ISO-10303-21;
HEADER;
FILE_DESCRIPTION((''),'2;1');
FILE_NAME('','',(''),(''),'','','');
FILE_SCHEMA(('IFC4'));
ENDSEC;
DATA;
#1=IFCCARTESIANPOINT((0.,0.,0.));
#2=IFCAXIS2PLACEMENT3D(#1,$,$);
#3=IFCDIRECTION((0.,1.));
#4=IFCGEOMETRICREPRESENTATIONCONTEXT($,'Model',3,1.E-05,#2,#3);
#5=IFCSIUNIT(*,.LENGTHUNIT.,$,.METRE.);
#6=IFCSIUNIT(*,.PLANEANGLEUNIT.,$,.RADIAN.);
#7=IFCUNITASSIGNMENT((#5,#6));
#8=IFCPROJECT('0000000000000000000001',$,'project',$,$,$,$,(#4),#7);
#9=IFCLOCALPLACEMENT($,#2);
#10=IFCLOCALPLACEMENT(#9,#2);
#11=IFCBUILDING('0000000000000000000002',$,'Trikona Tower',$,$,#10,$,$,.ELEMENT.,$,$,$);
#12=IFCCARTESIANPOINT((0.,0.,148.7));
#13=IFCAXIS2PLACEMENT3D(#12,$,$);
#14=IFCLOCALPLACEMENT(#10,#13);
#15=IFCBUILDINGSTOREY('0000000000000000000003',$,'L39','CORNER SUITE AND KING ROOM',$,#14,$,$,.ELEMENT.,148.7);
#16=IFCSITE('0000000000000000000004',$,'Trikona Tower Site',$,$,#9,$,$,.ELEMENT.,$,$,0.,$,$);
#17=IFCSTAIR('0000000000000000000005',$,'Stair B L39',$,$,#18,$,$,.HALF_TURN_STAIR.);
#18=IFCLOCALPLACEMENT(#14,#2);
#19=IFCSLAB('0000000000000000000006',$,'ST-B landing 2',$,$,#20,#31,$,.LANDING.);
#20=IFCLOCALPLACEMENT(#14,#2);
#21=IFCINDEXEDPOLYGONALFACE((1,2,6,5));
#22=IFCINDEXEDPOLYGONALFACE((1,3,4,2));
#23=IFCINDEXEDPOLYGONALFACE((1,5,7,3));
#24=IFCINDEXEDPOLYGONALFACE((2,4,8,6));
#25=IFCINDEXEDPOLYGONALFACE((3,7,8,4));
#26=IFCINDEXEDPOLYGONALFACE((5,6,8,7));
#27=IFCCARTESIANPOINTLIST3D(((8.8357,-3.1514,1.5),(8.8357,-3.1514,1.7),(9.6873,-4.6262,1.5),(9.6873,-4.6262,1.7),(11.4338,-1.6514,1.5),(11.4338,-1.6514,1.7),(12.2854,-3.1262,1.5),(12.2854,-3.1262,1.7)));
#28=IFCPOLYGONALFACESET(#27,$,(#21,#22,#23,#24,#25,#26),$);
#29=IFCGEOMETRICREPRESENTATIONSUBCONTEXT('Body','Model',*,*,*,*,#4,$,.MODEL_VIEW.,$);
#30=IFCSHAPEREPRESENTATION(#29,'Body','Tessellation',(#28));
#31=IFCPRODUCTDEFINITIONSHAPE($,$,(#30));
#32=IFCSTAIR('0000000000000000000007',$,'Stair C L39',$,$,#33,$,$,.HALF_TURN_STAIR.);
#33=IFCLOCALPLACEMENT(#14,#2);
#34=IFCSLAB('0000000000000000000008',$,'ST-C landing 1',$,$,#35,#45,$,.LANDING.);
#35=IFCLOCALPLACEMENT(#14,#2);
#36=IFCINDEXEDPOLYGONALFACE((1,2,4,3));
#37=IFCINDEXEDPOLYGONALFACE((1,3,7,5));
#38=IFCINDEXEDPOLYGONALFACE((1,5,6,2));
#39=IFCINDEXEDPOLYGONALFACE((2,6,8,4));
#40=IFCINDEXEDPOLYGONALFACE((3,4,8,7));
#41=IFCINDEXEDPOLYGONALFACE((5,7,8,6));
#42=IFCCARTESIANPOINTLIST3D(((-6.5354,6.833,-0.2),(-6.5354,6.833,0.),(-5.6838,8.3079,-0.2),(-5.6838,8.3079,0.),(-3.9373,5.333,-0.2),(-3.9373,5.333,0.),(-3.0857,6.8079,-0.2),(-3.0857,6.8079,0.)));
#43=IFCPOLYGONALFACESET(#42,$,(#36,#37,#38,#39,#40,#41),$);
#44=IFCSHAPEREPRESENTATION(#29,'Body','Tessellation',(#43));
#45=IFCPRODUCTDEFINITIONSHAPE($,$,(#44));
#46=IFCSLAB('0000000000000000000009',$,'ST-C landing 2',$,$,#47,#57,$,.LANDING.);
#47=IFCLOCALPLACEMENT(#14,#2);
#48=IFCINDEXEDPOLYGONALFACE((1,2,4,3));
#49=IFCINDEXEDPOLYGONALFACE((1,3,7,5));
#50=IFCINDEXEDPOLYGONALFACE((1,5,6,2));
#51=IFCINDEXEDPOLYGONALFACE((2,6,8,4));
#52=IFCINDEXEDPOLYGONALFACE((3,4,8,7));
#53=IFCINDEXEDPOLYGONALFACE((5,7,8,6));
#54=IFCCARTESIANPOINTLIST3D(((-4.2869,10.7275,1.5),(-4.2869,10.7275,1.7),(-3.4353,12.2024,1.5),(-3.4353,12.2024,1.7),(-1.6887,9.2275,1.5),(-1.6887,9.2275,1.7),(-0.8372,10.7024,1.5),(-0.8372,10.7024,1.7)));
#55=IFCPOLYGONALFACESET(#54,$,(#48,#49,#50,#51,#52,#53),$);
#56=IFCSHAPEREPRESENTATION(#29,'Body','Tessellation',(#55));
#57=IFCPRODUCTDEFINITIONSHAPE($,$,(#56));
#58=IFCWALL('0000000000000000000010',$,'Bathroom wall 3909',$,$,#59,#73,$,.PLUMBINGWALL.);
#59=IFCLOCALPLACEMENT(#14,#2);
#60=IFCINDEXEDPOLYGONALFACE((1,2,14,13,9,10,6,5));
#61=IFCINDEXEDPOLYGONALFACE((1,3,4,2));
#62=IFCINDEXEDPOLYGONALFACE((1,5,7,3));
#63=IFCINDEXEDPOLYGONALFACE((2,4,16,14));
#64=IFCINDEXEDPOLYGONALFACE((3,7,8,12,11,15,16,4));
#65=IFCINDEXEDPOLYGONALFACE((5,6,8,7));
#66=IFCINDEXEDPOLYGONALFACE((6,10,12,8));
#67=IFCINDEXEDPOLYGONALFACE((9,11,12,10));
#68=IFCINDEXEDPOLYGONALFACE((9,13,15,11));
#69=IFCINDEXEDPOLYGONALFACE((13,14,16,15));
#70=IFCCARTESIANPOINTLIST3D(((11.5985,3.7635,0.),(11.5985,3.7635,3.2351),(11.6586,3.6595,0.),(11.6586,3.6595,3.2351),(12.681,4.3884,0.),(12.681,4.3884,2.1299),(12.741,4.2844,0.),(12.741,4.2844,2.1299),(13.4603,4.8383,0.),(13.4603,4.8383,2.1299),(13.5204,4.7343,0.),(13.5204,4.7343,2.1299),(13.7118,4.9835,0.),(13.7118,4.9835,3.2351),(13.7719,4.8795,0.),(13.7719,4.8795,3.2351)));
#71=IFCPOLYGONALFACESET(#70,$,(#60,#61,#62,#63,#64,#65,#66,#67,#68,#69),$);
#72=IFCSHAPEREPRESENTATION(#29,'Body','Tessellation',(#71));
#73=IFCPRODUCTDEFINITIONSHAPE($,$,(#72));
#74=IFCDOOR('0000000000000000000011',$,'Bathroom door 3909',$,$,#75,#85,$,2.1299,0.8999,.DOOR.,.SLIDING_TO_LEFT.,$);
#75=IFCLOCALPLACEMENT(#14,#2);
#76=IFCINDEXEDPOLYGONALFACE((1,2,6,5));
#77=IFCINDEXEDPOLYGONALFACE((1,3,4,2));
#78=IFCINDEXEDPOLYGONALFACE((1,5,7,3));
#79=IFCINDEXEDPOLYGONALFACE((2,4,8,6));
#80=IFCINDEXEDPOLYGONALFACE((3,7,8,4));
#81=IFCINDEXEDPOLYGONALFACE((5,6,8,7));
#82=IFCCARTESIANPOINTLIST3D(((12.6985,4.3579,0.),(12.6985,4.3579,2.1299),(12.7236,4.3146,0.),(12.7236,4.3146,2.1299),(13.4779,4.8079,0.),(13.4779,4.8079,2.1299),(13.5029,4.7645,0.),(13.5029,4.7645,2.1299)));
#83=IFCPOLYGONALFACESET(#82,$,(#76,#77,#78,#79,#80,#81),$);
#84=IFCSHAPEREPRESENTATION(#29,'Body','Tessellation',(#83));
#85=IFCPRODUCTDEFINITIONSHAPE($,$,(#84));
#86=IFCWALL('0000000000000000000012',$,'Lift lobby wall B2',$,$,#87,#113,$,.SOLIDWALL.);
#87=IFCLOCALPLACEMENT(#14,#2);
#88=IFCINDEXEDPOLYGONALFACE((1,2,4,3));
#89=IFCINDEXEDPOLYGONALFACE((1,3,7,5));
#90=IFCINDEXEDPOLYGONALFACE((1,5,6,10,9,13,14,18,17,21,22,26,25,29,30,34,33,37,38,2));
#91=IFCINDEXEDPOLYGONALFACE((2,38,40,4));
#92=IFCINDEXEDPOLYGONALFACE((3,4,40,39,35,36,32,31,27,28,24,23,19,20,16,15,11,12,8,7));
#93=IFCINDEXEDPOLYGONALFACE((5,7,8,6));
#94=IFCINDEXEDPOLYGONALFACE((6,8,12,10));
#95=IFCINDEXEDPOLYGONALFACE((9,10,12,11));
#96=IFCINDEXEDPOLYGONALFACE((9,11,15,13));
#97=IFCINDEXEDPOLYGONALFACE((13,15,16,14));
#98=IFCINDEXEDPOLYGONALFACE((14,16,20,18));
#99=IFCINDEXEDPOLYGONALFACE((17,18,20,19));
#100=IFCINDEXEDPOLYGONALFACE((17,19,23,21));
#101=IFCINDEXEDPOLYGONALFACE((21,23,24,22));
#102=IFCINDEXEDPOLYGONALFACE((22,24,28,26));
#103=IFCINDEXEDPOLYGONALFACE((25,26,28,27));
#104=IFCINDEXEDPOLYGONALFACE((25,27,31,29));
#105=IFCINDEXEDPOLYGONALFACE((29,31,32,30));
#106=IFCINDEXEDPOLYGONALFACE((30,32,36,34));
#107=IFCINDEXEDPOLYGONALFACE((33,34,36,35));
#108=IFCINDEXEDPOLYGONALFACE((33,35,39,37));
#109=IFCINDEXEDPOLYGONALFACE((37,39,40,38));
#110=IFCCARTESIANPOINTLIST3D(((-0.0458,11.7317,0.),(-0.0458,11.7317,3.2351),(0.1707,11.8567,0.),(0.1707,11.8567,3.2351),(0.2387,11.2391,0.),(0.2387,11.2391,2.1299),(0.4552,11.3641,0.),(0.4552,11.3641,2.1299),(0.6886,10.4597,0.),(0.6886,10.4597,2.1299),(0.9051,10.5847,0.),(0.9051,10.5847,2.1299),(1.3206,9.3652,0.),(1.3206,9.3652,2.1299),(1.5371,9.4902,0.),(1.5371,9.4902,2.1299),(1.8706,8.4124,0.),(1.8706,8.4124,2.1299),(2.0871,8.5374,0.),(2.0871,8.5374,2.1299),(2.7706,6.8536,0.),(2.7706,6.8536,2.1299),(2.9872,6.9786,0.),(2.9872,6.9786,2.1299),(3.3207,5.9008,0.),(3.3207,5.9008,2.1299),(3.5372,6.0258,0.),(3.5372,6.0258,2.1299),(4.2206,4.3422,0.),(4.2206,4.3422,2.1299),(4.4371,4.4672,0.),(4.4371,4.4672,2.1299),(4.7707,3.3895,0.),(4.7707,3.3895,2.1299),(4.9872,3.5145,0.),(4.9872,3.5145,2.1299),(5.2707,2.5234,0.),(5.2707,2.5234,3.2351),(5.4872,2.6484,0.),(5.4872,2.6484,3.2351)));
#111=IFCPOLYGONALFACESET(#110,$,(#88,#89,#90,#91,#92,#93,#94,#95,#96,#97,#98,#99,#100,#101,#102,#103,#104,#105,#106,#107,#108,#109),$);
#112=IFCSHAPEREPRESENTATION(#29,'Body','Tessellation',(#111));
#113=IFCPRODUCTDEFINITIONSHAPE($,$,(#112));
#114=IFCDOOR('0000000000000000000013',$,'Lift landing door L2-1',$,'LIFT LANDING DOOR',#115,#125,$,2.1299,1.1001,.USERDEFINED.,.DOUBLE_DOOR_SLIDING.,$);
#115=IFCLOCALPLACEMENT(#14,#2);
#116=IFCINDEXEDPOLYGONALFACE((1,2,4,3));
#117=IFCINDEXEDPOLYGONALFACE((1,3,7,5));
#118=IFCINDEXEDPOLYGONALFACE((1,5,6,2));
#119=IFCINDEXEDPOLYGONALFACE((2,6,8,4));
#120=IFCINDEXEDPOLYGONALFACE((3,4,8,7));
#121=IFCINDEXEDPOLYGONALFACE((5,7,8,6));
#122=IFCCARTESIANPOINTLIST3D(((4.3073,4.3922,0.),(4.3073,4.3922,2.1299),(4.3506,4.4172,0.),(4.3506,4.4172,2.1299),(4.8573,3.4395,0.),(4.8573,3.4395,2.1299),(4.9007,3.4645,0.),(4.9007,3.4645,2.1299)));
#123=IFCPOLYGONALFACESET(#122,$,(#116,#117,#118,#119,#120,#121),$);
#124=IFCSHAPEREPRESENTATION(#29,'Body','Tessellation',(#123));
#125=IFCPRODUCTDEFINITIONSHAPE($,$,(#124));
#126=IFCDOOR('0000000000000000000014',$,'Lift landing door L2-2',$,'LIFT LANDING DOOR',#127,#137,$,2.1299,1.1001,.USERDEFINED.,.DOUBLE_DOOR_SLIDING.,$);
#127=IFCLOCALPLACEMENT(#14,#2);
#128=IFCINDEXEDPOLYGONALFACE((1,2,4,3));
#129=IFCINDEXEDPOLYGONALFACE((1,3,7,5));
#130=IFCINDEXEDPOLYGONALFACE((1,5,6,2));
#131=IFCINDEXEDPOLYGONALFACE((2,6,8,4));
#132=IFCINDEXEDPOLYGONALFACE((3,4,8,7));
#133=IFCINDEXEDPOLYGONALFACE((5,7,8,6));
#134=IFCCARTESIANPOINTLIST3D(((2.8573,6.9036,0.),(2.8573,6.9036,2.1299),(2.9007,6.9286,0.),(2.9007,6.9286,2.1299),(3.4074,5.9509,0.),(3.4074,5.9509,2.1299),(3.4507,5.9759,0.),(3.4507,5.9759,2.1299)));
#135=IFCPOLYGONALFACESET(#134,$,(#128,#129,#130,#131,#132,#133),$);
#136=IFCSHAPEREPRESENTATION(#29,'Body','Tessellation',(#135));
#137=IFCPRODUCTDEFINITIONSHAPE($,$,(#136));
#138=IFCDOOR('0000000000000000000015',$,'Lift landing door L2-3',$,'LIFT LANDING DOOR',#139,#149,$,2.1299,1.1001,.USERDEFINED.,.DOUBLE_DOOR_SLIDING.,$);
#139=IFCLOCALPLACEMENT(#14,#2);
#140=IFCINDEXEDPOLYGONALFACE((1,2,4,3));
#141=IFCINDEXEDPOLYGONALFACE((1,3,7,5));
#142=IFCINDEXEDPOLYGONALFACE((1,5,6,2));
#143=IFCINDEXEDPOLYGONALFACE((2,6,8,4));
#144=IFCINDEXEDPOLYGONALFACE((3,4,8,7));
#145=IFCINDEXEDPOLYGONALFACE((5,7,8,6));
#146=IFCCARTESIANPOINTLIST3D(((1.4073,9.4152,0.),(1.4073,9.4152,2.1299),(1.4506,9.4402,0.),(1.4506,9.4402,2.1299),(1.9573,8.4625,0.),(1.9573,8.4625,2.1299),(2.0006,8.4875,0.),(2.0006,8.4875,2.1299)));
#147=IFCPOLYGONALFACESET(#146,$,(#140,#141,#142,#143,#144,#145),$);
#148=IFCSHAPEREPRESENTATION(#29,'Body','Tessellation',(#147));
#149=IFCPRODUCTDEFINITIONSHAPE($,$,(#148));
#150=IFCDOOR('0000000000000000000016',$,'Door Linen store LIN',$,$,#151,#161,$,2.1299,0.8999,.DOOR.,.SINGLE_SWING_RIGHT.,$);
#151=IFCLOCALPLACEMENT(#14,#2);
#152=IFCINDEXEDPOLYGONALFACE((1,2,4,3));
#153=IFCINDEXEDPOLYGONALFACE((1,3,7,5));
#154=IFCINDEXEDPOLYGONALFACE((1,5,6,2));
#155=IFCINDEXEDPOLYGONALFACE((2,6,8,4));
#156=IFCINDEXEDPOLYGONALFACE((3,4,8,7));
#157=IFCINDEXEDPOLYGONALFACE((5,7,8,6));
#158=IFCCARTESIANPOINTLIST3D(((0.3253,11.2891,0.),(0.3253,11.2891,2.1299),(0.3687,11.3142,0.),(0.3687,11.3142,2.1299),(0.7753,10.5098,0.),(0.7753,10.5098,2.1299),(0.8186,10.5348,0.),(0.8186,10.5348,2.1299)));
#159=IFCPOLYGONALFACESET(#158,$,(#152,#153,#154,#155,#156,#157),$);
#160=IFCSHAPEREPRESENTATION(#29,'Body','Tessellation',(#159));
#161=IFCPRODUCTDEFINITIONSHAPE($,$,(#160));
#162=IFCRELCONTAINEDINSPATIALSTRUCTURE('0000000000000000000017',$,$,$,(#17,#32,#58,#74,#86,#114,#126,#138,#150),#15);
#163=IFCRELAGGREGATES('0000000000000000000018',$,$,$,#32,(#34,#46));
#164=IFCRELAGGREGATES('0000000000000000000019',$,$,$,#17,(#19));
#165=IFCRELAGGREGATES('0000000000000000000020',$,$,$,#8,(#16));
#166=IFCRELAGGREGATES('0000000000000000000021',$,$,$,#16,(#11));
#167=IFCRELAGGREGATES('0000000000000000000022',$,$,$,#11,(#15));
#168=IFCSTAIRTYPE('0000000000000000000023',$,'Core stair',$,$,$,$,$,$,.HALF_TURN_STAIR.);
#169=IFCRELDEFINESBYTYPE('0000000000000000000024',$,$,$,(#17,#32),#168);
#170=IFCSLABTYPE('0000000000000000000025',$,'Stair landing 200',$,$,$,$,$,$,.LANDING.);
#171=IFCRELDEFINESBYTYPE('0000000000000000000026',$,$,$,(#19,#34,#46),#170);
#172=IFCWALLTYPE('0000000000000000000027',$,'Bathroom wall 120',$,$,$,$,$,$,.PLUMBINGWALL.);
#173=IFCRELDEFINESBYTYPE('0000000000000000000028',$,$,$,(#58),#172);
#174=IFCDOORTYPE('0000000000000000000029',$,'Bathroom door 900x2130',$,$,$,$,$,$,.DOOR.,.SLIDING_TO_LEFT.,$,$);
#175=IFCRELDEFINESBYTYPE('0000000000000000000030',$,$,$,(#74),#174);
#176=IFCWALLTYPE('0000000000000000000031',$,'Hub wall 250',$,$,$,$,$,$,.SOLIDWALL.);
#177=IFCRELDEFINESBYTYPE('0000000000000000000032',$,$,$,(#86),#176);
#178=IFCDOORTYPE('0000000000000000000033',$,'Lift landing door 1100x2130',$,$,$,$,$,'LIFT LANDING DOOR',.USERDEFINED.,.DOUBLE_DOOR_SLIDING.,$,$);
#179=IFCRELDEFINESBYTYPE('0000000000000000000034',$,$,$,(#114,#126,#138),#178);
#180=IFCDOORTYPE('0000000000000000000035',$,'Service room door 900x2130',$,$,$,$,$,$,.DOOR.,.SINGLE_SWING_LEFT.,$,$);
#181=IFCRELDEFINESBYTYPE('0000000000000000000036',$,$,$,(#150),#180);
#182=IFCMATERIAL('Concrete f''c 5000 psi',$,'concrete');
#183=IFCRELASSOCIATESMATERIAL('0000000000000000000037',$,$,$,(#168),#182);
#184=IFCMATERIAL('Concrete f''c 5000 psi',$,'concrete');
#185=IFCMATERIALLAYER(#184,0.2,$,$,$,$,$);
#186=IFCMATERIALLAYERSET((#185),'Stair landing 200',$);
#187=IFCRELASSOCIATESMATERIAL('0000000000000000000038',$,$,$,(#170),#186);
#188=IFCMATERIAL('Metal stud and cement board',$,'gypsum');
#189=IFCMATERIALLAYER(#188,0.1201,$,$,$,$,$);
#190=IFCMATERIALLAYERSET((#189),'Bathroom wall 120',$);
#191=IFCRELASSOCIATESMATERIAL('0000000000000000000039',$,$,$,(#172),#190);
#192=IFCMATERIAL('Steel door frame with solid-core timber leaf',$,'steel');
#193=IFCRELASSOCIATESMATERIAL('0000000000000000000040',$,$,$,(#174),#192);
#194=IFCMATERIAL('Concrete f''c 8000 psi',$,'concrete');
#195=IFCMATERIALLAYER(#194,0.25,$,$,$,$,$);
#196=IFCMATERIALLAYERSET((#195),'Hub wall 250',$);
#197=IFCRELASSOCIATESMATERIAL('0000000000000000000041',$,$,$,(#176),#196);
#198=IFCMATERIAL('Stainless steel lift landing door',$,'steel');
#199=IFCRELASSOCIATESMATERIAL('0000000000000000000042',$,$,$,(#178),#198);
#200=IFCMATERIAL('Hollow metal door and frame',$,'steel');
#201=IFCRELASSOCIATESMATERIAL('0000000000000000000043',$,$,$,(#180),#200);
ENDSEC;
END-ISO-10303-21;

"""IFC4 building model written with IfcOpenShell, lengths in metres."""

from ifc_helpers import new_model, si_unit, direction, frame, frame_2d, origin, place, context, subcontext, project, spatial, polyline, rectangle, outline, extrude, material, layer, layer_set, type_object, element, fill, aggregate, save


model = new_model("IFC4")

# Units and contexts
model_context = context("Model", 3, precision=1e-05, world=origin(), true_north=direction((0.0, 1.0)))
body_context = subcontext(model_context, "Body", "Model", "MODEL_VIEW")
ifc_project = project(units=[si_unit("LENGTHUNIT", "METRE"), si_unit("PLANEANGLEUNIT", "RADIAN")], contexts=[model_context])

# Site, building, storey
site_placement = place(None, origin())
site = spatial("IfcSite", under=ifc_project, at=site_placement, Name="Trikona Tower Site", CompositionType="ELEMENT", RefElevation=0.0)
building_placement = place(site_placement, origin())
building = spatial("IfcBuilding", under=site, at=building_placement, Name="Trikona Tower", CompositionType="ELEMENT")
storey_placement = place(building_placement, frame((0.0, 0.0, 148.7)))
storey = spatial("IfcBuildingStorey", under=building, at=storey_placement, Name="L39", Description="CORNER SUITE AND KING ROOM", CompositionType="ELEMENT", Elevation=148.7)

# Stairs, slabs
ifc_material_1 = material(Name="Concrete f'c 5000 psi", Category="concrete")
stair_type = type_object("IfcStairType", Name="Core stair", PredefinedType="HALF_TURN_STAIR", material=ifc_material_1)
ifc_material_2 = material(Name="Concrete f'c 5000 psi", Category="concrete")
ifc_layer_1 = layer(ifc_material_2, 0.2)
ifc_layer_set_1 = layer_set([ifc_layer_1], Name="Stair landing 200")
slab_type_1 = type_object("IfcSlabType", Name="Stair landing 200", PredefinedType="LANDING", material=ifc_layer_set_1)
stair_1_placement = place(storey_placement, origin())
stair_1 = element("IfcStair", 1, at=stair_1_placement, inside=storey, type_object=stair_type, Name="Stair B L39", PredefinedType="HALF_TURN_STAIR")
slab_1_placement = place(storey_placement, frame((0.0, 0.0, 1.5)))
slab_1 = element("IfcSlab", 2, at=slab_1_placement, type_object=slab_type_1, Name="ST-B landing 2", PredefinedType="LANDING", context=body_context, shape_type="SweptSolid", body=[
    extrude(outline(polyline([(9.6873, -4.6262), (8.8357, -3.1514), (11.4338, -1.6514), (12.2854, -3.1262), (9.6873, -4.6262)])), origin(), (0.0, 0.0, 1.0), 0.2),
])
stair_2_placement = place(storey_placement, origin())
stair_2 = element("IfcStair", 3, at=stair_2_placement, inside=storey, type_object=stair_type, Name="Stair C L39", PredefinedType="HALF_TURN_STAIR")
slab_2_placement = place(storey_placement, frame((0.0, 0.0, -0.2)))
slab_2 = element("IfcSlab", 4, at=slab_2_placement, type_object=slab_type_1, Name="ST-C landing 1", PredefinedType="LANDING", context=body_context, shape_type="SweptSolid", body=[
    extrude(outline(polyline([(-3.0857, 6.8079), (-3.9373, 5.333), (-6.5354, 6.833), (-5.6838, 8.3079), (-3.0857, 6.8079)])), origin(), (0.0, 0.0, 1.0), 0.2),
])
slab_3_placement = place(storey_placement, frame((0.0, 0.0, 1.5)))
slab_3 = element("IfcSlab", 5, at=slab_3_placement, type_object=slab_type_1, Name="ST-C landing 2", PredefinedType="LANDING", context=body_context, shape_type="SweptSolid", body=[
    extrude(outline(polyline([(-0.8372, 10.7024), (-1.6887, 9.2275), (-4.2869, 10.7275), (-3.4353, 12.2024), (-0.8372, 10.7024)])), origin(), (0.0, 0.0, 1.0), 0.2),
])
aggregate(stair_2, [slab_2, slab_3])

# Wall, opening, door
ifc_material_3 = material(Name="Metal stud and cement board", Category="gypsum")
ifc_layer_2 = layer(ifc_material_3, 0.1201)
ifc_layer_set_2 = layer_set([ifc_layer_2], Name="Bathroom wall 120")
wall_type_1 = type_object("IfcWallType", Name="Bathroom wall 120", PredefinedType="PLUMBINGWALL", material=ifc_layer_set_2)
wall_1_placement = place(storey_placement, frame((11.6284, 3.7114, 0.0), z_axis=(0.0, 0.0, 1.0), x_axis=(0.866049, 0.499959, 0.0)))
wall_1 = element("IfcWall", 6, at=wall_1_placement, inside=storey, type_object=wall_type_1, Name="Bathroom wall 3909", PredefinedType="PLUMBINGWALL", context=body_context, shape_type="SweptSolid", body=[
    extrude(rectangle(XDim=2.4402, YDim=0.1201, at=frame_2d((1.2202, 0.0))), origin(), (0.0, 0.0, 1.0), 3.2351),
])
opening_1_placement = place(wall_1_placement, frame((1.25, 0.0, 0.0)))
opening_1 = element("IfcOpeningElement", 7, at=opening_1_placement, cuts=wall_1, PredefinedType="OPENING", context=body_context, shape_type="SweptSolid", body=[
    extrude(rectangle(XDim=0.8999, YDim=2.1299, at=frame_2d((0.45, 1.0649))), frame((0.0, 0.0701, 0.0), z_axis=(0.0, -1.0, 0.0), x_axis=(1.0, 0.0, 0.0)), (0.0, 0.0, 1.0), 0.1401),
])
ifc_material_4 = material(Name="Steel door frame with solid-core timber leaf", Category="steel")
door_type_1 = type_object("IfcDoorType", Name="Bathroom door 900x2130", OperationType="SLIDING_TO_LEFT", PredefinedType="DOOR", material=ifc_material_4)
door_1_placement = place(opening_1_placement, origin())
door_1 = element("IfcDoor", 8, at=door_1_placement, inside=storey, type_object=door_type_1, Name="Bathroom door 3909", OperationType="SLIDING_TO_LEFT", OverallHeight=2.1299, OverallWidth=0.8999, PredefinedType="DOOR", context=body_context, shape_type="SweptSolid", body=[
    extrude(rectangle(XDim=0.8999, YDim=2.1299, at=frame_2d((0.45, 1.0649))), frame((0.0, 0.0249, 0.0), z_axis=(0.0, -1.0, 0.0), x_axis=(1.0, 0.0, 0.0)), (0.0, 0.0, 1.0), 0.05),
])
fill(opening_1, door_1)

# Wall, openings, doors
ifc_material_5 = material(Name="Concrete f'c 8000 psi", Category="concrete")
ifc_layer_3 = layer(ifc_material_5, 0.25)
ifc_layer_set_3 = layer_set([ifc_layer_3], Name="Hub wall 250")
wall_type_2 = type_object("IfcWallType", Name="Hub wall 250", PredefinedType="SOLIDWALL", material=ifc_layer_set_3)
wall_2_placement = place(storey_placement, frame((5.3789, 2.5859, 0.0), z_axis=(0.0, 0.0, 1.0), x_axis=(-0.500001, 0.866025, 0.0)))
wall_2 = element("IfcWall", 9, at=wall_2_placement, inside=storey, type_object=wall_type_2, Name="Lift lobby wall B2", PredefinedType="SOLIDWALL", context=body_context, shape_type="SweptSolid", body=[
    extrude(rectangle(XDim=10.6328, YDim=0.25, at=frame_2d((5.3164, 0.0))), origin(), (0.0, 0.0, 1.0), 3.2351),
])
opening_2_placement = place(wall_2_placement, frame((9.1641, 0.0, 0.0)))
opening_2 = element("IfcOpeningElement", 10, at=opening_2_placement, cuts=wall_2, PredefinedType="OPENING", context=body_context, shape_type="SweptSolid", body=[
    extrude(rectangle(XDim=0.8999, YDim=2.1299, at=frame_2d((0.45, 1.0649))), frame((0.0, 0.135, 0.0), z_axis=(0.0, -1.0, 0.0), x_axis=(1.0, 0.0, 0.0)), (0.0, 0.0, 1.0), 0.27),
])
opening_3_placement = place(wall_2_placement, frame((1.0, 0.0, 0.0)))
opening_3 = element("IfcOpeningElement", 11, at=opening_3_placement, cuts=wall_2, PredefinedType="OPENING", context=body_context, shape_type="SweptSolid", body=[
    extrude(rectangle(XDim=1.1001, YDim=2.1299, at=frame_2d((0.55, 1.0649))), frame((0.0, 0.135, 0.0), z_axis=(0.0, -1.0, 0.0), x_axis=(1.0, 0.0, 0.0)), (0.0, 0.0, 1.0), 0.27),
])
opening_4_placement = place(wall_2_placement, frame((3.8999, 0.0, 0.0)))
opening_4 = element("IfcOpeningElement", 12, at=opening_4_placement, cuts=wall_2, PredefinedType="OPENING", context=body_context, shape_type="SweptSolid", body=[
    extrude(rectangle(XDim=1.1001, YDim=2.1299, at=frame_2d((0.55, 1.0649))), frame((0.0, 0.135, 0.0), z_axis=(0.0, -1.0, 0.0), x_axis=(1.0, 0.0, 0.0)), (0.0, 0.0, 1.0), 0.27),
])
opening_5_placement = place(wall_2_placement, frame((6.8, 0.0, 0.0)))
opening_5 = element("IfcOpeningElement", 13, at=opening_5_placement, cuts=wall_2, PredefinedType="OPENING", context=body_context, shape_type="SweptSolid", body=[
    extrude(rectangle(XDim=1.1001, YDim=2.1299, at=frame_2d((0.55, 1.0649))), frame((0.0, 0.135, 0.0), z_axis=(0.0, -1.0, 0.0), x_axis=(1.0, 0.0, 0.0)), (0.0, 0.0, 1.0), 0.27),
])
ifc_material_6 = material(Name="Stainless steel lift landing door", Category="steel")
door_type_2 = type_object("IfcDoorType", Name="Lift landing door 1100x2130", ElementType="LIFT LANDING DOOR", OperationType="DOUBLE_DOOR_SLIDING", PredefinedType="USERDEFINED", material=ifc_material_6)
door_2_placement = place(opening_3_placement, origin())
door_2 = element("IfcDoor", 14, at=door_2_placement, inside=storey, type_object=door_type_2, Name="Lift landing door L2-1", ObjectType="LIFT LANDING DOOR", OperationType="DOUBLE_DOOR_SLIDING", OverallHeight=2.1299, OverallWidth=1.1001, PredefinedType="USERDEFINED", context=body_context, shape_type="SweptSolid", body=[
    extrude(rectangle(XDim=1.1001, YDim=2.1299, at=frame_2d((0.55, 1.0649))), frame((0.0, 0.0249, 0.0), z_axis=(0.0, -1.0, 0.0), x_axis=(1.0, 0.0, 0.0)), (0.0, 0.0, 1.0), 0.05),
])
fill(opening_3, door_2)
door_3_placement = place(opening_4_placement, origin())
door_3 = element("IfcDoor", 15, at=door_3_placement, inside=storey, type_object=door_type_2, Name="Lift landing door L2-2", ObjectType="LIFT LANDING DOOR", OperationType="DOUBLE_DOOR_SLIDING", OverallHeight=2.1299, OverallWidth=1.1001, PredefinedType="USERDEFINED", context=body_context, shape_type="SweptSolid", body=[
    extrude(rectangle(XDim=1.1001, YDim=2.1299, at=frame_2d((0.55, 1.0649))), frame((0.0, 0.0249, 0.0), z_axis=(0.0, -1.0, 0.0), x_axis=(1.0, 0.0, 0.0)), (0.0, 0.0, 1.0), 0.05),
])
fill(opening_4, door_3)
door_4_placement = place(opening_5_placement, origin())
door_4 = element("IfcDoor", 16, at=door_4_placement, inside=storey, type_object=door_type_2, Name="Lift landing door L2-3", ObjectType="LIFT LANDING DOOR", OperationType="DOUBLE_DOOR_SLIDING", OverallHeight=2.1299, OverallWidth=1.1001, PredefinedType="USERDEFINED", context=body_context, shape_type="SweptSolid", body=[
    extrude(rectangle(XDim=1.1001, YDim=2.1299, at=frame_2d((0.55, 1.0649))), frame((0.0, 0.0249, 0.0), z_axis=(0.0, -1.0, 0.0), x_axis=(1.0, 0.0, 0.0)), (0.0, 0.0, 1.0), 0.05),
])
fill(opening_5, door_4)
ifc_material_7 = material(Name="Hollow metal door and frame", Category="steel")
door_type_3 = type_object("IfcDoorType", Name="Service room door 900x2130", OperationType="SINGLE_SWING_LEFT", PredefinedType="DOOR", material=ifc_material_7)
door_5_placement = place(opening_2_placement, origin())
door_5 = element("IfcDoor", 17, at=door_5_placement, inside=storey, type_object=door_type_3, Name="Door Linen store LIN", OperationType="SINGLE_SWING_RIGHT", OverallHeight=2.1299, OverallWidth=0.8999, PredefinedType="DOOR", context=body_context, shape_type="SweptSolid", body=[
    extrude(rectangle(XDim=0.8999, YDim=2.1299, at=frame_2d((0.45, 1.0649))), frame((0.0, 0.0249, 0.0), z_axis=(0.0, -1.0, 0.0), x_axis=(1.0, 0.0, 0.0)), (0.0, 0.0, 1.0), 0.05),
])
fill(opening_2, door_5)

aggregate(stair_1, [slab_1])

save(model, "model.ifc")
